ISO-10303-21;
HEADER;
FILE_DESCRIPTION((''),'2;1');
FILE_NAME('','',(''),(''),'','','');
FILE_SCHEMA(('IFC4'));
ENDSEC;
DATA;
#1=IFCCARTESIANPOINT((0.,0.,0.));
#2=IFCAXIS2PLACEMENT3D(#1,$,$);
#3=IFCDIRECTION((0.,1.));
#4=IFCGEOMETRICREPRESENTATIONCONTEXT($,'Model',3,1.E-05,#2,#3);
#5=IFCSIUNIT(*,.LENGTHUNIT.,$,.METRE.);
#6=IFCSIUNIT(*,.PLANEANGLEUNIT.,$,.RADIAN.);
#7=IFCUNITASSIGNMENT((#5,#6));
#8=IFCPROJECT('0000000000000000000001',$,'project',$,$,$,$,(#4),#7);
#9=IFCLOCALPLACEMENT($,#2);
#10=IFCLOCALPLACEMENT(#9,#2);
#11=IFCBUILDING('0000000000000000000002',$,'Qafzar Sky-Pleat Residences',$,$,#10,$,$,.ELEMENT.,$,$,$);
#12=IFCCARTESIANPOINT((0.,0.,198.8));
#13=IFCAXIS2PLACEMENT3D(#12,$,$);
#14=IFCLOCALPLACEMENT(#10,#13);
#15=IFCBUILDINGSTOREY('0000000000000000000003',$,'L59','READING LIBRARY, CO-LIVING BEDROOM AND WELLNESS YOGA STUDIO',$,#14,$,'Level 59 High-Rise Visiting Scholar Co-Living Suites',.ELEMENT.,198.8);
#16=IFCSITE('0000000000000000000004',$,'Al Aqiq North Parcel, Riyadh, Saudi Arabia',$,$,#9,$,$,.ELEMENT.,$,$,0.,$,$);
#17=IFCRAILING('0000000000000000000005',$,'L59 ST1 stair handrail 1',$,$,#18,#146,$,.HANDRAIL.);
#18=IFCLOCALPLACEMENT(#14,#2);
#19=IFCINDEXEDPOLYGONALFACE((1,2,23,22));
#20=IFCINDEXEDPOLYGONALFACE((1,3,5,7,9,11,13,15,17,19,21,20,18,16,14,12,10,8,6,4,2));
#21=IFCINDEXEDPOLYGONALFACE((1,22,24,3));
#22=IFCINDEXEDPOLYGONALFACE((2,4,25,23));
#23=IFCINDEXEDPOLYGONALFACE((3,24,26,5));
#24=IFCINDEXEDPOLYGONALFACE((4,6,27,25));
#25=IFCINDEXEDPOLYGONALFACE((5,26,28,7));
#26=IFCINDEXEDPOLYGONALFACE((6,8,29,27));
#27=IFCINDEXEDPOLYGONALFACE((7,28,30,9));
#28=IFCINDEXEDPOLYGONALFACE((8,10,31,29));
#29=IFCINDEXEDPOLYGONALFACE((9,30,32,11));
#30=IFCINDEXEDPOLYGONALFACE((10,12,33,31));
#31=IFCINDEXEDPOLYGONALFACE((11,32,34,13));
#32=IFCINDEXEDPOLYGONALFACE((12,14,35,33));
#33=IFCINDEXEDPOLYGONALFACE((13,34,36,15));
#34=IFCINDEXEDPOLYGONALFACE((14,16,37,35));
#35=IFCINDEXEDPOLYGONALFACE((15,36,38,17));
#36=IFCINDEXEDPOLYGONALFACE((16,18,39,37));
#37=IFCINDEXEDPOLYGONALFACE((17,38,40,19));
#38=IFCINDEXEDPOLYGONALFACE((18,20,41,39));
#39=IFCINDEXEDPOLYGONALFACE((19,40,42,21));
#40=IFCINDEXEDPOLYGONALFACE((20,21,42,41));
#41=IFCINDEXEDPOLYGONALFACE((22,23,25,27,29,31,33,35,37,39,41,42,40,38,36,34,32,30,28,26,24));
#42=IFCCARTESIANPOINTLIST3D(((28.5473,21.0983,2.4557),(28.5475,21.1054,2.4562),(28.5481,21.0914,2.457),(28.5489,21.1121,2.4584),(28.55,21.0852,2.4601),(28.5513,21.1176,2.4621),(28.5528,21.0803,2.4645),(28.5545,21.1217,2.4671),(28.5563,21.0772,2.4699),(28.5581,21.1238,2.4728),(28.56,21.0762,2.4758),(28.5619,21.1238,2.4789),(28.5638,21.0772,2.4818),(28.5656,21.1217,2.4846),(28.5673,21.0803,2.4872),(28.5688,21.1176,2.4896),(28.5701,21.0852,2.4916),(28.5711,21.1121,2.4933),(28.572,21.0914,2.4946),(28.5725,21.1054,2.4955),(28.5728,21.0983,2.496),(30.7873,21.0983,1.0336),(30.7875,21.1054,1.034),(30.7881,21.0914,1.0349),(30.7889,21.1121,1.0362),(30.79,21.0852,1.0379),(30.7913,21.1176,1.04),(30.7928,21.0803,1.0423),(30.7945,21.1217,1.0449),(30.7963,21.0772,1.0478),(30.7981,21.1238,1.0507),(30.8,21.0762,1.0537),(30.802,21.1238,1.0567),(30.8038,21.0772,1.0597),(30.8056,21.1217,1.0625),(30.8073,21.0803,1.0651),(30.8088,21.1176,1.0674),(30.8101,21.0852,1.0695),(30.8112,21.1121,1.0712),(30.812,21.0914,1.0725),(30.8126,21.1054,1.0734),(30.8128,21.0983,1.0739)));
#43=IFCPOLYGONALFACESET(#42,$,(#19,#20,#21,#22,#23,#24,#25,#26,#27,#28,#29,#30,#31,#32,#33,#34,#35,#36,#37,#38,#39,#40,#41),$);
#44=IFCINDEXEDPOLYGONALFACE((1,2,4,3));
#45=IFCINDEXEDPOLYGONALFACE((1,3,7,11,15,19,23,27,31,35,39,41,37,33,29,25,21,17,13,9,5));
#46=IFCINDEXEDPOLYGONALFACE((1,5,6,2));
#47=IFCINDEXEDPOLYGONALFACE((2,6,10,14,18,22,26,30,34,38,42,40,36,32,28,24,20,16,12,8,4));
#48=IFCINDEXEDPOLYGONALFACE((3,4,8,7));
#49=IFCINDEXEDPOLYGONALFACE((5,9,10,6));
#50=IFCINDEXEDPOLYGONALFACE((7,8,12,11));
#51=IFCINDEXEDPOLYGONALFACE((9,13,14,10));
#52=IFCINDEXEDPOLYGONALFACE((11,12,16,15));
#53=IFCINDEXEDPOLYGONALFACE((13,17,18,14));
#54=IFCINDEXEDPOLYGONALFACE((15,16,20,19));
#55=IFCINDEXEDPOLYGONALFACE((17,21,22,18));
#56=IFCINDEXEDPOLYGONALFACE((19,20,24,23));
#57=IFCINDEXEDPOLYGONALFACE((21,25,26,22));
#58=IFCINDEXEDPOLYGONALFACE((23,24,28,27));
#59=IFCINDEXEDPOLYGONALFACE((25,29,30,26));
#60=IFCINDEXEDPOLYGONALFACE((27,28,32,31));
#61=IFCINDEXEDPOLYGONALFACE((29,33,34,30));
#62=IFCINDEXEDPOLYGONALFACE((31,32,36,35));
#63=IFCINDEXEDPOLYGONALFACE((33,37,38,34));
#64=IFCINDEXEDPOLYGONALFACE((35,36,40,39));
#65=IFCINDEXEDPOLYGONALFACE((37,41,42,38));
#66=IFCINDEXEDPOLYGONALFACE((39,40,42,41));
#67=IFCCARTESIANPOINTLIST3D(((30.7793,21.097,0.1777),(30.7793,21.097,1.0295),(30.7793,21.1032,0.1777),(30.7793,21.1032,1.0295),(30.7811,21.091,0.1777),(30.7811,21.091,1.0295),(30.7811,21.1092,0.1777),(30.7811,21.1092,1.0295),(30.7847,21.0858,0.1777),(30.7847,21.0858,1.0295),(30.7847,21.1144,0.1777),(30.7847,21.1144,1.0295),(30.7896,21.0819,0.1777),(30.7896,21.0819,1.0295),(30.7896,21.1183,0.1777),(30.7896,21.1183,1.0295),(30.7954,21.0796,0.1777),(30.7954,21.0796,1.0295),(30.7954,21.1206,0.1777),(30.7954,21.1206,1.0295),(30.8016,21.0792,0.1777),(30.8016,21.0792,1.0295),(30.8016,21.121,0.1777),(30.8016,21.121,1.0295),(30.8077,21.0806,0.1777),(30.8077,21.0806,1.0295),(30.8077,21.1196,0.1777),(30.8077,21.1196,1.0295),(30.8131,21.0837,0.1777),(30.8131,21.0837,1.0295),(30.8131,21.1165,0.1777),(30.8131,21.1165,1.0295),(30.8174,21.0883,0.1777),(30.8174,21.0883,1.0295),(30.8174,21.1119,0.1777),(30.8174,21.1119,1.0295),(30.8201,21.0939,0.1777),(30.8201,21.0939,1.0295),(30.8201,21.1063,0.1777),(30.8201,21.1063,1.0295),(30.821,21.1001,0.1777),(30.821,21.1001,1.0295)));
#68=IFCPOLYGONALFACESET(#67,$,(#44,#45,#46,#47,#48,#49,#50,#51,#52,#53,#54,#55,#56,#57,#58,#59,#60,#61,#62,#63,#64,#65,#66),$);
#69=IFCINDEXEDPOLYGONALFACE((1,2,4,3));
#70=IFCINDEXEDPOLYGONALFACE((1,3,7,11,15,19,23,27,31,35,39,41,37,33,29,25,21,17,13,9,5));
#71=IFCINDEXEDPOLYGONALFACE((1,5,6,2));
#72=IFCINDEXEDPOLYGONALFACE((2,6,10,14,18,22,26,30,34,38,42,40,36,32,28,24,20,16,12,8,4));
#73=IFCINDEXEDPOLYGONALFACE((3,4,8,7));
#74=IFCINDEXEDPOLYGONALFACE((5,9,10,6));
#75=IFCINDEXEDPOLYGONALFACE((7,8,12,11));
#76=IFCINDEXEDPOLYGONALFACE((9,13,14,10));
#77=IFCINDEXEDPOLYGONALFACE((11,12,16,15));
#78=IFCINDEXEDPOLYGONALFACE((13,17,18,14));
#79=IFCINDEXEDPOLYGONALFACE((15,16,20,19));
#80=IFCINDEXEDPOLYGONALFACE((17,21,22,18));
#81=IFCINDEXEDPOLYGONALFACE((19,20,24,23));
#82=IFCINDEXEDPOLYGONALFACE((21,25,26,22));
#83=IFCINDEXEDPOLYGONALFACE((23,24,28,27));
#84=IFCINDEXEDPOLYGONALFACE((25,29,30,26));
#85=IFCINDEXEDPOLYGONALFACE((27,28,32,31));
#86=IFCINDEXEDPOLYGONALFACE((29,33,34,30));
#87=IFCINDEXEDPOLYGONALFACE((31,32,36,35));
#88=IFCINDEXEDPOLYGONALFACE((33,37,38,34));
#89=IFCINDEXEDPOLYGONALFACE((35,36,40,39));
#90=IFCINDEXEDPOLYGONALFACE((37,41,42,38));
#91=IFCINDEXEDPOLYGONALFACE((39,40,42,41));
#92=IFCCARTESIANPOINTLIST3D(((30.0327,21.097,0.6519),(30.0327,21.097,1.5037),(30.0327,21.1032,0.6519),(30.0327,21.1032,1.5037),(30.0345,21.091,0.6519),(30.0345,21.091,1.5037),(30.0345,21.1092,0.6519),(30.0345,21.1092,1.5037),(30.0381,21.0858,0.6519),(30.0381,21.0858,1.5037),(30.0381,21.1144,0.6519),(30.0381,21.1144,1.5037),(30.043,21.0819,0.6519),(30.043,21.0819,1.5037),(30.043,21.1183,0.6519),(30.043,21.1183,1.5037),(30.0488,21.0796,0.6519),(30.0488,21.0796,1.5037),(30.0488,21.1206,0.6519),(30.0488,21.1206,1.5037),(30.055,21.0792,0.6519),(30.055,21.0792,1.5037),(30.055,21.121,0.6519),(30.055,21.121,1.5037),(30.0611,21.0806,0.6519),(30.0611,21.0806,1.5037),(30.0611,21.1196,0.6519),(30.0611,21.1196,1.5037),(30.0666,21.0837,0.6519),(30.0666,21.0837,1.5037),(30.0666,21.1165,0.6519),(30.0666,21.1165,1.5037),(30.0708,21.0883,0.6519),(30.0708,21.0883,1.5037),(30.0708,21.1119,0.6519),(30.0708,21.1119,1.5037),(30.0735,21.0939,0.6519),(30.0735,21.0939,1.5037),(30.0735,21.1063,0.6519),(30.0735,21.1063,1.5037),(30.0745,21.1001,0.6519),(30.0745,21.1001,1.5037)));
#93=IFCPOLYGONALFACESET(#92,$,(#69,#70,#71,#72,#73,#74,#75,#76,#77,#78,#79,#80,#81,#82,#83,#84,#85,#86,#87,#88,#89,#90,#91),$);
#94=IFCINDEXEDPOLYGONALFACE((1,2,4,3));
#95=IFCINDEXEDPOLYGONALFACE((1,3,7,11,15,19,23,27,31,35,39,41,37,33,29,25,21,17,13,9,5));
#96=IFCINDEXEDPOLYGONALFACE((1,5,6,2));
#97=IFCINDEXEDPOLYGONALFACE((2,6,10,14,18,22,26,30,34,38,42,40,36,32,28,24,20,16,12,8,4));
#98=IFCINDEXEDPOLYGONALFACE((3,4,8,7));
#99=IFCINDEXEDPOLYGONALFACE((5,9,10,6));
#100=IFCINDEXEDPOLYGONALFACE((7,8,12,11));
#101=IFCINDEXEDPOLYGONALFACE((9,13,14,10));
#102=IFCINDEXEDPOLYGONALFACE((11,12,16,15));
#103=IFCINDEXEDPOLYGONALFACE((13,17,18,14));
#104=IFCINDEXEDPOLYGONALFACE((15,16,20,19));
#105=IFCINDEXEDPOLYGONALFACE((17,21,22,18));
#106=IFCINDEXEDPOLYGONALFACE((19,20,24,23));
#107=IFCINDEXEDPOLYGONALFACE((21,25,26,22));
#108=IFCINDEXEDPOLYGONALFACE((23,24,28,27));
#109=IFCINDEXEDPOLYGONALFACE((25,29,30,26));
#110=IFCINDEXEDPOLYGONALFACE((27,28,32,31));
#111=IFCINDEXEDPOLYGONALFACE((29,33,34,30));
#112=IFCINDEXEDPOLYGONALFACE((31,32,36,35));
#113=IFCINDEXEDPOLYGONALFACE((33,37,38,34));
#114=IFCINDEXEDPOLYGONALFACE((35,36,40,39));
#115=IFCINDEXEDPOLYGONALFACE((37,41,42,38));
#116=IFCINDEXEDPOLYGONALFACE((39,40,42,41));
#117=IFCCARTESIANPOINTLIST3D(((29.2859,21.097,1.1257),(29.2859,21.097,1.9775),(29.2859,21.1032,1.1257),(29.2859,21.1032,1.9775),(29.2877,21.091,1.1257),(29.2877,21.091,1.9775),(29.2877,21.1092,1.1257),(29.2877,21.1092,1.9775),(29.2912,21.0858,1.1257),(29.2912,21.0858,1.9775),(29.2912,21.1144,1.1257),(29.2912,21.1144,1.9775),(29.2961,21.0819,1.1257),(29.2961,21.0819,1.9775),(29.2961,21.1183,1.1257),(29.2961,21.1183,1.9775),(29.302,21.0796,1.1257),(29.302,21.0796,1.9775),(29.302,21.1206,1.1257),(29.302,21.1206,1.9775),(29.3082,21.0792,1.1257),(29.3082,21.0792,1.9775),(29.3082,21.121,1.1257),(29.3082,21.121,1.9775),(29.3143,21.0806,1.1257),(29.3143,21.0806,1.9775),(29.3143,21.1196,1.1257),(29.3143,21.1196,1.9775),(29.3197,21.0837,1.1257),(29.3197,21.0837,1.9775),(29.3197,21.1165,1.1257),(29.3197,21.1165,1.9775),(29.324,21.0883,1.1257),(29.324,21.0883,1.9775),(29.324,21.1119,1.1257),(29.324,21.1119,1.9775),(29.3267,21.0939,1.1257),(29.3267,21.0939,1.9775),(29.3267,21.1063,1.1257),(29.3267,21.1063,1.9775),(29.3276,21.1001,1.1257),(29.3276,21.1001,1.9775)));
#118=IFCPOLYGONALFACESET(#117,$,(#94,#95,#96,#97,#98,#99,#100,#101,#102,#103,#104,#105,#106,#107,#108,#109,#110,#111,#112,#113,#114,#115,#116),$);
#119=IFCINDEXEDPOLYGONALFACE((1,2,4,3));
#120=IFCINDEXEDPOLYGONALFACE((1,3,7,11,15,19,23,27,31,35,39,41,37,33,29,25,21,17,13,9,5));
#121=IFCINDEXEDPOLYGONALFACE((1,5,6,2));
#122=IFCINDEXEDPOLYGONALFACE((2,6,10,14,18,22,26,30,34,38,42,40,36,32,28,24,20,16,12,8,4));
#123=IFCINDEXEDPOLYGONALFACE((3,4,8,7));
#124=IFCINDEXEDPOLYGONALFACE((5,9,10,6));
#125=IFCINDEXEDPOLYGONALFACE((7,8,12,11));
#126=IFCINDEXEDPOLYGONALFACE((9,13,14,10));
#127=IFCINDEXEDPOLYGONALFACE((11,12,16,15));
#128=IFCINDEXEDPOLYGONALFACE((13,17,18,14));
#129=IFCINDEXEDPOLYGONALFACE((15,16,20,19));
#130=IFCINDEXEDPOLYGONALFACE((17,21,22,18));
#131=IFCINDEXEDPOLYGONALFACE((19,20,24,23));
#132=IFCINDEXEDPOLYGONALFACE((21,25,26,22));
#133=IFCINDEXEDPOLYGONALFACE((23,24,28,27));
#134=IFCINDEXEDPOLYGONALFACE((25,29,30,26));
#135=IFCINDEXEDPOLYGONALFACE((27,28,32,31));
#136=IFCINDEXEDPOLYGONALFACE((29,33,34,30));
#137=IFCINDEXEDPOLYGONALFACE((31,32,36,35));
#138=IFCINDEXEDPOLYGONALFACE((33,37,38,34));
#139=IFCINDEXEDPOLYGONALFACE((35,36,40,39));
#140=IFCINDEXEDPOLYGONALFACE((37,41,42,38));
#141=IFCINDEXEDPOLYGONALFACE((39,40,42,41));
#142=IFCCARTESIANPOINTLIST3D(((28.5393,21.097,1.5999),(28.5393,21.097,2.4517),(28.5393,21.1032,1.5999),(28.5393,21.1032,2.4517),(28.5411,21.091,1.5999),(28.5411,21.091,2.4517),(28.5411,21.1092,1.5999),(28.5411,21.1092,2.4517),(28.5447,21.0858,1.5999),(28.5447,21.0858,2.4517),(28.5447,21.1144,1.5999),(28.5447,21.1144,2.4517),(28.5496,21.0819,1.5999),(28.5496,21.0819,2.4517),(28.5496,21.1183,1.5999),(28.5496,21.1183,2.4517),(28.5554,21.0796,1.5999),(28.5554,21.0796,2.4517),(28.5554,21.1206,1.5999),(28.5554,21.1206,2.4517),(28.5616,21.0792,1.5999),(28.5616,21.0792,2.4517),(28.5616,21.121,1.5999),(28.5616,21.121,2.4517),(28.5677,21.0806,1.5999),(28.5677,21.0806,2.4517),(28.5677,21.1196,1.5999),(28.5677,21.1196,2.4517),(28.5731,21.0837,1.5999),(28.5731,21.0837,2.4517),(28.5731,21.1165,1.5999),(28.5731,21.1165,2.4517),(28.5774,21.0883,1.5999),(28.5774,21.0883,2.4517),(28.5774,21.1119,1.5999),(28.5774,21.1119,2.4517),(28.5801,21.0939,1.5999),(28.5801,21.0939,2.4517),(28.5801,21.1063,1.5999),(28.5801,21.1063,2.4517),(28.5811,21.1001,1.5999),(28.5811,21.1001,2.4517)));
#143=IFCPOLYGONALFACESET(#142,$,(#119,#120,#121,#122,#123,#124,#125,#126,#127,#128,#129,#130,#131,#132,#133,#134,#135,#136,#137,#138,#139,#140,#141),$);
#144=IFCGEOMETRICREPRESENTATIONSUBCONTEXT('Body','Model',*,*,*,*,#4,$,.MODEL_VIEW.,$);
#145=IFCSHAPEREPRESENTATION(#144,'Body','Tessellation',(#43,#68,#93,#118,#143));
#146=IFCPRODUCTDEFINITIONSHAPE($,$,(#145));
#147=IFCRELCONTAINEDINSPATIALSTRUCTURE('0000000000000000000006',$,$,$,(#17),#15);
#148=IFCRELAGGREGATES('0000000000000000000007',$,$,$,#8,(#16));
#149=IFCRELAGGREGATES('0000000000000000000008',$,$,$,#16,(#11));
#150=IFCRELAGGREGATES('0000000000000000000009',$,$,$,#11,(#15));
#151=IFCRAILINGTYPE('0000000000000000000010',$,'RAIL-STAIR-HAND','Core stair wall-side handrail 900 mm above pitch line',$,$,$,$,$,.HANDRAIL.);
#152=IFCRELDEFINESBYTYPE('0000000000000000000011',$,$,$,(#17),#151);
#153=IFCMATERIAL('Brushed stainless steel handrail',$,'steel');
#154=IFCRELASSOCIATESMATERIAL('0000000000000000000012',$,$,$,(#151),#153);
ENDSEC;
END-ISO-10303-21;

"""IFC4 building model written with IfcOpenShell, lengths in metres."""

from ifc_helpers import new_model, si_unit, direction, frame, origin, origin_2d, place, context, subcontext, project, spatial, circle, extrude, source, transform, mapped, material, type_object, element, save


model = new_model("IFC4")

# Units and contexts
model_context = context("Model", 3, precision=1e-05, world=origin(), true_north=direction((0.0, 1.0)))
body_context = subcontext(model_context, "Body", "Model", "MODEL_VIEW")
ifc_project = project(units=[si_unit("LENGTHUNIT", "METRE"), si_unit("PLANEANGLEUNIT", "RADIAN")], contexts=[model_context])

# Site, building, storey
site_placement = place(None, origin())
site = spatial("IfcSite", under=ifc_project, at=site_placement, Name="Al Aqiq North Parcel, Riyadh, Saudi Arabia", CompositionType="ELEMENT", RefElevation=0.0)
building_placement = place(site_placement, origin())
building = spatial("IfcBuilding", under=site, at=building_placement, Name="Qafzar Sky-Pleat Residences", CompositionType="ELEMENT")
storey_placement = place(building_placement, frame((0.0, 0.0, 198.8)))
storey = spatial("IfcBuildingStorey", under=building, at=storey_placement, Name="L59", Description="READING LIBRARY, CO-LIVING BEDROOM AND WELLNESS YOGA STUDIO", LongName="Level 59 High-Rise Visiting Scholar Co-Living Suites", CompositionType="ELEMENT", Elevation=198.8)

# Railing
ifc_material_1 = material(Name="Brushed stainless steel handrail", Category="steel")
railing_type_1 = type_object("IfcRailingType", Name="RAIL-STAIR-HAND", Description="Core stair wall-side handrail 900 mm above pitch line", PredefinedType="HANDRAIL", material=ifc_material_1)
shared_shape_1 = source(origin(), body_context, "Body", "SweptSolid", [
    extrude(circle(Radius=0.0239, at=origin_2d()), frame((0.0, 0.0, 0.876), z_axis=(-0.844229, 0.0, 0.535982), x_axis=(0.0, -1.0, 0.0)), (0.0, 0.0, 1.0), 2.6533),
    extrude(circle(Radius=0.021, at=origin_2d()), origin(), (0.0, 0.0, 1.0), 0.8518),
    extrude(circle(Radius=0.021, at=origin_2d()), frame((-0.7466, 0.0, 0.4741)), (0.0, 0.0, 1.0), 0.8518),
    extrude(circle(Radius=0.021, at=origin_2d()), frame((-1.4934, 0.0, 0.948)), (0.0, 0.0, 1.0), 0.8518),
    extrude(circle(Radius=0.021, at=origin_2d()), frame((-2.24, 0.0, 1.4221)), (0.0, 0.0, 1.0), 0.8518),
])
railing_1_placement = place(storey_placement, frame((30.8, 21.1001, 0.1777)))
element("IfcRailing", 1, at=railing_1_placement, inside=storey, type_object=railing_type_1, Name="L59 ST1 stair handrail 1", PredefinedType="HANDRAIL", context=body_context, shape_type="MappedRepresentation", body=[
    mapped(shared_shape_1, transform((0.0, 0.0, 0.0), x_axis=(1.0, 0.0, 0.0), y_axis=(0.0, 1.0, 0.0), z_axis=(0.0, 0.0, 1.0), scale=1.0)),
])

save(model, "model.ifc")
